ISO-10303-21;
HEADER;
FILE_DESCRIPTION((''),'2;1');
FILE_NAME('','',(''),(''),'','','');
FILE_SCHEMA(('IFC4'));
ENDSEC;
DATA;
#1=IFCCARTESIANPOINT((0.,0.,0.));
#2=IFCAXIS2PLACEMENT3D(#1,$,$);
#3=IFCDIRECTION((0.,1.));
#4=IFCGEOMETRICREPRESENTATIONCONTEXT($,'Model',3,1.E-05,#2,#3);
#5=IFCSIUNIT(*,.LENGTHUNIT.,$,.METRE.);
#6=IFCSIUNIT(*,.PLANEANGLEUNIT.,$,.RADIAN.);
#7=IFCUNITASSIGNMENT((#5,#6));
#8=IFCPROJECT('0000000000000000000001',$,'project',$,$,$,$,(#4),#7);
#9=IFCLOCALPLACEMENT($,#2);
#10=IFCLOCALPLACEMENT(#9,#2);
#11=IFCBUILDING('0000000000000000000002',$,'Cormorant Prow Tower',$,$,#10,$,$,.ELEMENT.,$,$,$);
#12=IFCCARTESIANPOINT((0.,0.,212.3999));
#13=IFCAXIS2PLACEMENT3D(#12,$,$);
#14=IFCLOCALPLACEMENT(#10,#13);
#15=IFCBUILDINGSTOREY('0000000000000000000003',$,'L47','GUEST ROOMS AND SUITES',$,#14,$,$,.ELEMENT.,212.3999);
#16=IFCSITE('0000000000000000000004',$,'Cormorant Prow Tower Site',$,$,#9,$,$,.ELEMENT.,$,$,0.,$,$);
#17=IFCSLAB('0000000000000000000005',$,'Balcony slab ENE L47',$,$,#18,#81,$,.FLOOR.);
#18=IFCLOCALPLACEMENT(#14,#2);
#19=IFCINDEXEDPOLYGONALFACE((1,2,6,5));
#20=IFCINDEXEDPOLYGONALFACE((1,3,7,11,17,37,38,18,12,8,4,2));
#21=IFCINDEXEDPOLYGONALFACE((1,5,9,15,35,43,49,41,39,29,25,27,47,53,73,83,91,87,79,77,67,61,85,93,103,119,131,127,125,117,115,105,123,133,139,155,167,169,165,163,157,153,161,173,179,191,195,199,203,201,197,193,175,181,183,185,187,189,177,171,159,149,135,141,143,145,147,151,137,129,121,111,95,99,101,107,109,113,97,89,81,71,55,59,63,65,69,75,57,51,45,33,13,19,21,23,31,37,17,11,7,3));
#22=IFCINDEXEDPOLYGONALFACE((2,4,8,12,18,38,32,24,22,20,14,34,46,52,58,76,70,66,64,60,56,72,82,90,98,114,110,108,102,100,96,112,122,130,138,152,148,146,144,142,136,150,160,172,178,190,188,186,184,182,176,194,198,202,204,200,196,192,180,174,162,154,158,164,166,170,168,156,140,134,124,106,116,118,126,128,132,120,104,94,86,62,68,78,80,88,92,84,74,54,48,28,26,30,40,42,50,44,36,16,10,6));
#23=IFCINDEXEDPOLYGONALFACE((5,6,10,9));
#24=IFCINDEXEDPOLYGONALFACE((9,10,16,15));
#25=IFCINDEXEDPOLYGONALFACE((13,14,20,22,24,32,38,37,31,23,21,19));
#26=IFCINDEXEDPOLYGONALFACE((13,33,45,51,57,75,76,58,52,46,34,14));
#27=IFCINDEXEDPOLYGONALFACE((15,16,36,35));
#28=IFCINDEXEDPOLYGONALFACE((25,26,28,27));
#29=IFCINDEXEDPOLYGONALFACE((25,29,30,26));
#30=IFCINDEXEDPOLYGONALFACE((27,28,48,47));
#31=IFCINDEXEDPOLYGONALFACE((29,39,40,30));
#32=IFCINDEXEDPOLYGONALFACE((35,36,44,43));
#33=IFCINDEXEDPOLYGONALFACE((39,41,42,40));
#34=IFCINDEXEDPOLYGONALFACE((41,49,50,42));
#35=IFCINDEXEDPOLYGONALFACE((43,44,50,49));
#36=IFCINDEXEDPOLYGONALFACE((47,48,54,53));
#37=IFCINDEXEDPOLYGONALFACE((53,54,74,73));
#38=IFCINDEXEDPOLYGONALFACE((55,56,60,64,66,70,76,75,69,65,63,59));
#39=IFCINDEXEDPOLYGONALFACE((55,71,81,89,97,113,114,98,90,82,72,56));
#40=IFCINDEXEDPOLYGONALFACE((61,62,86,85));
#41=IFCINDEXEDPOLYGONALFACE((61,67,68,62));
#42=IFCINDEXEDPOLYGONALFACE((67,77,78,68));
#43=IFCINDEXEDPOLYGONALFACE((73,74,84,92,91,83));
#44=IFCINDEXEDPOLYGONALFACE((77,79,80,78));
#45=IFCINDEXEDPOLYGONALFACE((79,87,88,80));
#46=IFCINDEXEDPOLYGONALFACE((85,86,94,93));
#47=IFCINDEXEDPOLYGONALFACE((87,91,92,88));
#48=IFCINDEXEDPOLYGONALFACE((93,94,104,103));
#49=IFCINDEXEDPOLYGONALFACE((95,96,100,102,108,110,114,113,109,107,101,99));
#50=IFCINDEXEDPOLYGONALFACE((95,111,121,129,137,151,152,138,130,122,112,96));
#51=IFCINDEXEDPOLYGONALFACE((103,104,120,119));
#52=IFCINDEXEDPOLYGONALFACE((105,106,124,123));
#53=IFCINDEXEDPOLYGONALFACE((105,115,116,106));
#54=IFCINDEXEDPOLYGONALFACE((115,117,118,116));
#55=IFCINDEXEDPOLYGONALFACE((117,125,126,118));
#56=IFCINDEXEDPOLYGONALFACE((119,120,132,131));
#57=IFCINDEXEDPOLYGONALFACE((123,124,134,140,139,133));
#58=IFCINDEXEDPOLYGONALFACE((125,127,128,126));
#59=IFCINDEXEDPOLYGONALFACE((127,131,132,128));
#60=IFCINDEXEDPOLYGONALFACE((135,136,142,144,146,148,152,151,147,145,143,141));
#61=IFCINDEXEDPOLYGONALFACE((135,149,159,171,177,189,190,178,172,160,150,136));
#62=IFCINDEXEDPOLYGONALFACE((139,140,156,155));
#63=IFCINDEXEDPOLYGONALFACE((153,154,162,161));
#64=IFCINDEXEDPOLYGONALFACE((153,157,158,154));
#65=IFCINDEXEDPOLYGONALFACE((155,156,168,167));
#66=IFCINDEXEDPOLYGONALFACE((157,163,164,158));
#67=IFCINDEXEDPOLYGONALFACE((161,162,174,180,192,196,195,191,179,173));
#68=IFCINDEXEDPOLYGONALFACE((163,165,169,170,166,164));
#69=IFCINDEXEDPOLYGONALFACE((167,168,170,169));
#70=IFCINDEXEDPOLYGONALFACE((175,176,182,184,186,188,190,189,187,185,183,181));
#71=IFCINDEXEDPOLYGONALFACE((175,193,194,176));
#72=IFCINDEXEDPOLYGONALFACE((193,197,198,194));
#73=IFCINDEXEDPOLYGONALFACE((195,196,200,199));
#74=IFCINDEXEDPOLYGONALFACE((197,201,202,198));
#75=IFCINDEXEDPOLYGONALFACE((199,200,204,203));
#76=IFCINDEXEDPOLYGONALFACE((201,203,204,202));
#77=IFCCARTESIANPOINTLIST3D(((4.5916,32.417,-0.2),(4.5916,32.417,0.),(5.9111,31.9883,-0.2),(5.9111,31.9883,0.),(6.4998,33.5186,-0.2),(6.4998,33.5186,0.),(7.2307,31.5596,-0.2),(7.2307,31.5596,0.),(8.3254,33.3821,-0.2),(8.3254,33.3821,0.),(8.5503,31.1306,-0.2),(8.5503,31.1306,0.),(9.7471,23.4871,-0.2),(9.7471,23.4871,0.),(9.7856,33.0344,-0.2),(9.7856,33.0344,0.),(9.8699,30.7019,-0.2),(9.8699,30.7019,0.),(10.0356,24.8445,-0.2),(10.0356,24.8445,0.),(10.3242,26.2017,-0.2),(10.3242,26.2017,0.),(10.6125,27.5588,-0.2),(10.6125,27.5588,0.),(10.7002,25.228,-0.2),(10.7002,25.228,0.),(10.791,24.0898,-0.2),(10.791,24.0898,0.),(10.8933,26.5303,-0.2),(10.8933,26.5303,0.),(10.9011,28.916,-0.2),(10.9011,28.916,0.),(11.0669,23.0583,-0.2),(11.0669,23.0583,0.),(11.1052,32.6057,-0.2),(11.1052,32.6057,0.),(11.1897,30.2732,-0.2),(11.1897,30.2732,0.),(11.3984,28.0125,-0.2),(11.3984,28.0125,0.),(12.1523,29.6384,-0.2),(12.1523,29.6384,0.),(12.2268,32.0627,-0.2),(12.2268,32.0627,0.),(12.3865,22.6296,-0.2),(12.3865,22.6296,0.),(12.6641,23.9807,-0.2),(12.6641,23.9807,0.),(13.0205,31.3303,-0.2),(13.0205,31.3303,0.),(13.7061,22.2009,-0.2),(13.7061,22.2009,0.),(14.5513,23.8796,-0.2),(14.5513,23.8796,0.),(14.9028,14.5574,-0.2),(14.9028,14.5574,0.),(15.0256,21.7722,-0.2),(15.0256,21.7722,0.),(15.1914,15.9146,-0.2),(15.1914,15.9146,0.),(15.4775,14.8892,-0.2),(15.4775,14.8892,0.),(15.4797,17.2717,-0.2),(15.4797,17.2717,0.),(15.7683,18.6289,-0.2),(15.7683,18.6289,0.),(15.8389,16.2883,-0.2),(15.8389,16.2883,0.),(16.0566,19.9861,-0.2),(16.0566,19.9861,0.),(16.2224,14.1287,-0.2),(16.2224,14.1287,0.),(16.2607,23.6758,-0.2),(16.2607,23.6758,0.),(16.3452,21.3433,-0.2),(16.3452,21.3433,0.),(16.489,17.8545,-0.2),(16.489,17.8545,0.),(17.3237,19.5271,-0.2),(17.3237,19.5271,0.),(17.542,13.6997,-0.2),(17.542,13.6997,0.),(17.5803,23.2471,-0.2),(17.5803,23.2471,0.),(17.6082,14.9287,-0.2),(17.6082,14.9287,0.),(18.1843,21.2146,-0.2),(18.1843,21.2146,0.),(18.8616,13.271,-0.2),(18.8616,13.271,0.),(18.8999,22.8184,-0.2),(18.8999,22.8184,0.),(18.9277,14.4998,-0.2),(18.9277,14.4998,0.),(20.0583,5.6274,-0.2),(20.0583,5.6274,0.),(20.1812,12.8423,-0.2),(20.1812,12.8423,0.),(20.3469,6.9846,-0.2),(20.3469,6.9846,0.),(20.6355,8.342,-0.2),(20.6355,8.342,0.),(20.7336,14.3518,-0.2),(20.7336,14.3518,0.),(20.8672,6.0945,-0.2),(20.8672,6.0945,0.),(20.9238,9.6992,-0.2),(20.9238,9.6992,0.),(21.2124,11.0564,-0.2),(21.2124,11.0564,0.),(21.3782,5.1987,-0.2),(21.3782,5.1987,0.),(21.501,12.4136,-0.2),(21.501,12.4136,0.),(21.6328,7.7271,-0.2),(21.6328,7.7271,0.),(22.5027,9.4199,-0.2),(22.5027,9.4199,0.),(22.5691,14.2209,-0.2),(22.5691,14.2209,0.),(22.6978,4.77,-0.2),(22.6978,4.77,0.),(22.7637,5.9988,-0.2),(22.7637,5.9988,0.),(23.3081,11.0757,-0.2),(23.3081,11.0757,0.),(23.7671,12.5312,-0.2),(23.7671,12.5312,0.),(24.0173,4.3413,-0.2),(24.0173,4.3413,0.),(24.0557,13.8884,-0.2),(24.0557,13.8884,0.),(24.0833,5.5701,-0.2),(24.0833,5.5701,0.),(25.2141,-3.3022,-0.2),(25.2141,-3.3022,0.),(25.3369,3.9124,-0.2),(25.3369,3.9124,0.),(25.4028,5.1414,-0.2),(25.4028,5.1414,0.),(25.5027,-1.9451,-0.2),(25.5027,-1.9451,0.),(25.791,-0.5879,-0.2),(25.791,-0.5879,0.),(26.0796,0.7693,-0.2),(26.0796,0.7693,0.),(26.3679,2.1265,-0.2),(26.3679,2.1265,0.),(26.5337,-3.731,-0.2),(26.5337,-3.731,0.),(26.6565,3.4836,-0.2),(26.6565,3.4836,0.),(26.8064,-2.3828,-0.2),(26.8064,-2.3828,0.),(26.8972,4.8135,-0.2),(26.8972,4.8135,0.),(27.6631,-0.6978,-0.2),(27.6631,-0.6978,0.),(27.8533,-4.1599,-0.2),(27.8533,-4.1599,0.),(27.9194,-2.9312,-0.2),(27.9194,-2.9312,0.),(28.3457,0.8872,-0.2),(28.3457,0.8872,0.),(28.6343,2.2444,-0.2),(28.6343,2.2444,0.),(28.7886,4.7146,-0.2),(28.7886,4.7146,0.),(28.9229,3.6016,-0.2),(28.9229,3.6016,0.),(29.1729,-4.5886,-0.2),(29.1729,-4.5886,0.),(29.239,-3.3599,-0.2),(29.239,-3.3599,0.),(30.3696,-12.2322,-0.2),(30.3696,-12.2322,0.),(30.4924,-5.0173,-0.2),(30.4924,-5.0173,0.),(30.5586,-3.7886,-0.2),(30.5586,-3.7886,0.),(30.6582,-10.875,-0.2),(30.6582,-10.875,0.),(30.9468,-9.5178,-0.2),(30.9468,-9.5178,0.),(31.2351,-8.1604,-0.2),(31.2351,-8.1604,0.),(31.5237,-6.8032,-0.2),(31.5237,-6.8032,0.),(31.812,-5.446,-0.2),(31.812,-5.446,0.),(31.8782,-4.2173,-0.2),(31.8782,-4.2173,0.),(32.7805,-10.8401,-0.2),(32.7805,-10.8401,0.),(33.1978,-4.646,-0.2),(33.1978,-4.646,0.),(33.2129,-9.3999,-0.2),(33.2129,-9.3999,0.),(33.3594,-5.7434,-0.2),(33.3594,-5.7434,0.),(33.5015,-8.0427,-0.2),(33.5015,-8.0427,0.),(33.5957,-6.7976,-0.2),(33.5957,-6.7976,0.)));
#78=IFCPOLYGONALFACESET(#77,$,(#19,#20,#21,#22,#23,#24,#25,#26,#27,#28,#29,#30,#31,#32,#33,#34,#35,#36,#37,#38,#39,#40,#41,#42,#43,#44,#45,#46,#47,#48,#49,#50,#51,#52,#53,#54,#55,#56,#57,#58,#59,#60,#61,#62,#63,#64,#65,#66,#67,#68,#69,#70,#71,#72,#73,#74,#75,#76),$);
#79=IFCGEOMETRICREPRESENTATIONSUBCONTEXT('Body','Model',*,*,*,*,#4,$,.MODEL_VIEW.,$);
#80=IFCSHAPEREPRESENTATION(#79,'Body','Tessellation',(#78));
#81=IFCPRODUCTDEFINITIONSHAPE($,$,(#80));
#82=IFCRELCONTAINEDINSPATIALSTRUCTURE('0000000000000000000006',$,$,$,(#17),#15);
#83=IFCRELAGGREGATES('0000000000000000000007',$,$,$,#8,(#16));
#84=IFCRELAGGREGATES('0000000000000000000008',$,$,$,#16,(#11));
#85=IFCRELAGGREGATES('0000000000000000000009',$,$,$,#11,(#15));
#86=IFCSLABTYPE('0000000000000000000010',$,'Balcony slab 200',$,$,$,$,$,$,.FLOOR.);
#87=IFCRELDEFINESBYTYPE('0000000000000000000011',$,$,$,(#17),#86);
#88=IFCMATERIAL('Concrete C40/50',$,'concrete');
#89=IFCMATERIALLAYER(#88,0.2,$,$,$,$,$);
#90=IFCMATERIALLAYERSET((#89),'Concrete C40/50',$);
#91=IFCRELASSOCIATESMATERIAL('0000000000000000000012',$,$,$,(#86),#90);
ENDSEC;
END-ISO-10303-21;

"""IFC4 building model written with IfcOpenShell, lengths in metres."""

from ifc_helpers import new_model, si_unit, direction, frame, origin, place, context, subcontext, project, spatial, polyline, outline, extrude, material, layer, layer_set, type_object, element, save


model = new_model("IFC4")

# Units and contexts
model_context = context("Model", 3, precision=1e-05, world=origin(), true_north=direction((0.0, 1.0)))
body_context = subcontext(model_context, "Body", "Model", "MODEL_VIEW")
ifc_project = project(units=[si_unit("LENGTHUNIT", "METRE"), si_unit("PLANEANGLEUNIT", "RADIAN")], contexts=[model_context])

# Site, building, storey
site_placement = place(None, origin())
site = spatial("IfcSite", under=ifc_project, at=site_placement, Name="Cormorant Prow Tower Site", CompositionType="ELEMENT", RefElevation=0.0)
building_placement = place(site_placement, origin())
building = spatial("IfcBuilding", under=site, at=building_placement, Name="Cormorant Prow Tower", CompositionType="ELEMENT")
storey_placement = place(building_placement, frame((0.0, 0.0, 212.3999)))
storey = spatial("IfcBuildingStorey", under=building, at=storey_placement, Name="L47", Description="GUEST ROOMS AND SUITES", CompositionType="ELEMENT", Elevation=212.3999)

# Slab
ifc_material_1 = material(Name="Concrete C40/50", Category="concrete")
ifc_layer_1 = layer(ifc_material_1, 0.2)
ifc_layer_set_1 = layer_set([ifc_layer_1], Name="Concrete C40/50")
slab_type_1 = type_object("IfcSlabType", Name="Balcony slab 200", PredefinedType="FLOOR", material=ifc_layer_set_1)
slab_1_placement = place(storey_placement, frame((0.0, 0.0, -0.2)))
element("IfcSlab", 1, at=slab_1_placement, inside=storey, type_object=slab_type_1, Name="Balcony slab ENE L47", PredefinedType="FLOOR", context=body_context, shape_type="SweptSolid", body=[
    extrude(outline(polyline([(30.3696, -12.2322), (32.7805, -10.8401), (33.2129, -9.3999), (33.5015, -8.0427), (33.5957, -6.7976), (33.3594, -5.7434), (33.1978, -4.646), (31.8782, -4.2173), (30.5586, -3.7886), (29.239, -3.3599), (27.9194, -2.9312), (26.8064, -2.3828), (27.6631, -0.6978), (28.3457, 0.8872), (28.6343, 2.2444), (28.9229, 3.6016), (28.7886, 4.7146), (26.8972, 4.8135), (25.4028, 5.1414), (24.0833, 5.5701), (22.7637, 5.9988), (20.8672, 6.0945), (21.6328, 7.7271), (22.5027, 9.4199), (23.3081, 11.0757), (23.7671, 12.5312), (24.0557, 13.8884), (22.5691, 14.2209), (20.7336, 14.3518), (18.9277, 14.4998), (17.6082, 14.9287), (15.4775, 14.8892), (15.8389, 16.2883), (16.489, 17.8545), (17.3237, 19.5271), (18.1843, 21.2146), (18.8999, 22.8184), (17.5803, 23.2471), (16.2607, 23.6758), (14.5513, 23.8796), (12.6641, 23.9807), (10.791, 24.0898), (10.7002, 25.228), (10.8933, 26.5303), (11.3984, 28.0125), (12.1523, 29.6384), (13.0205, 31.3303), (12.2268, 32.0627), (11.1052, 32.6057), (9.7856, 33.0344), (8.3254, 33.3821), (6.4998, 33.5186), (4.5916, 32.417), (5.9111, 31.9883), (7.2307, 31.5596), (8.5503, 31.1306), (9.8699, 30.7019), (11.1897, 30.2732), (10.9011, 28.916), (10.6125, 27.5588), (10.3242, 26.2017), (10.0356, 24.8445), (9.7471, 23.4871), (11.0669, 23.0583), (12.3865, 22.6296), (13.7061, 22.2009), (15.0256, 21.7722), (16.3452, 21.3433), (16.0566, 19.9861), (15.7683, 18.6289), (15.4797, 17.2717), (15.1914, 15.9146), (14.9028, 14.5574), (16.2224, 14.1287), (17.542, 13.6997), (18.8616, 13.271), (20.1812, 12.8423), (21.501, 12.4136), (21.2124, 11.0564), (20.9238, 9.6992), (20.6355, 8.342), (20.3469, 6.9846), (20.0583, 5.6274), (21.3782, 5.1987), (22.6978, 4.77), (24.0173, 4.3413), (25.3369, 3.9124), (26.6565, 3.4836), (26.3679, 2.1265), (26.0796, 0.7693), (25.791, -0.5879), (25.5027, -1.9451), (25.2141, -3.3022), (26.5337, -3.731), (27.8533, -4.1599), (29.1729, -4.5886), (30.4924, -5.0173), (31.812, -5.446), (31.5237, -6.8032), (31.2351, -8.1604), (30.9468, -9.5178), (30.6582, -10.875), (30.3696, -12.2322)])), origin(), (0.0, 0.0, 1.0), 0.2),
])

save(model, "model.ifc")
